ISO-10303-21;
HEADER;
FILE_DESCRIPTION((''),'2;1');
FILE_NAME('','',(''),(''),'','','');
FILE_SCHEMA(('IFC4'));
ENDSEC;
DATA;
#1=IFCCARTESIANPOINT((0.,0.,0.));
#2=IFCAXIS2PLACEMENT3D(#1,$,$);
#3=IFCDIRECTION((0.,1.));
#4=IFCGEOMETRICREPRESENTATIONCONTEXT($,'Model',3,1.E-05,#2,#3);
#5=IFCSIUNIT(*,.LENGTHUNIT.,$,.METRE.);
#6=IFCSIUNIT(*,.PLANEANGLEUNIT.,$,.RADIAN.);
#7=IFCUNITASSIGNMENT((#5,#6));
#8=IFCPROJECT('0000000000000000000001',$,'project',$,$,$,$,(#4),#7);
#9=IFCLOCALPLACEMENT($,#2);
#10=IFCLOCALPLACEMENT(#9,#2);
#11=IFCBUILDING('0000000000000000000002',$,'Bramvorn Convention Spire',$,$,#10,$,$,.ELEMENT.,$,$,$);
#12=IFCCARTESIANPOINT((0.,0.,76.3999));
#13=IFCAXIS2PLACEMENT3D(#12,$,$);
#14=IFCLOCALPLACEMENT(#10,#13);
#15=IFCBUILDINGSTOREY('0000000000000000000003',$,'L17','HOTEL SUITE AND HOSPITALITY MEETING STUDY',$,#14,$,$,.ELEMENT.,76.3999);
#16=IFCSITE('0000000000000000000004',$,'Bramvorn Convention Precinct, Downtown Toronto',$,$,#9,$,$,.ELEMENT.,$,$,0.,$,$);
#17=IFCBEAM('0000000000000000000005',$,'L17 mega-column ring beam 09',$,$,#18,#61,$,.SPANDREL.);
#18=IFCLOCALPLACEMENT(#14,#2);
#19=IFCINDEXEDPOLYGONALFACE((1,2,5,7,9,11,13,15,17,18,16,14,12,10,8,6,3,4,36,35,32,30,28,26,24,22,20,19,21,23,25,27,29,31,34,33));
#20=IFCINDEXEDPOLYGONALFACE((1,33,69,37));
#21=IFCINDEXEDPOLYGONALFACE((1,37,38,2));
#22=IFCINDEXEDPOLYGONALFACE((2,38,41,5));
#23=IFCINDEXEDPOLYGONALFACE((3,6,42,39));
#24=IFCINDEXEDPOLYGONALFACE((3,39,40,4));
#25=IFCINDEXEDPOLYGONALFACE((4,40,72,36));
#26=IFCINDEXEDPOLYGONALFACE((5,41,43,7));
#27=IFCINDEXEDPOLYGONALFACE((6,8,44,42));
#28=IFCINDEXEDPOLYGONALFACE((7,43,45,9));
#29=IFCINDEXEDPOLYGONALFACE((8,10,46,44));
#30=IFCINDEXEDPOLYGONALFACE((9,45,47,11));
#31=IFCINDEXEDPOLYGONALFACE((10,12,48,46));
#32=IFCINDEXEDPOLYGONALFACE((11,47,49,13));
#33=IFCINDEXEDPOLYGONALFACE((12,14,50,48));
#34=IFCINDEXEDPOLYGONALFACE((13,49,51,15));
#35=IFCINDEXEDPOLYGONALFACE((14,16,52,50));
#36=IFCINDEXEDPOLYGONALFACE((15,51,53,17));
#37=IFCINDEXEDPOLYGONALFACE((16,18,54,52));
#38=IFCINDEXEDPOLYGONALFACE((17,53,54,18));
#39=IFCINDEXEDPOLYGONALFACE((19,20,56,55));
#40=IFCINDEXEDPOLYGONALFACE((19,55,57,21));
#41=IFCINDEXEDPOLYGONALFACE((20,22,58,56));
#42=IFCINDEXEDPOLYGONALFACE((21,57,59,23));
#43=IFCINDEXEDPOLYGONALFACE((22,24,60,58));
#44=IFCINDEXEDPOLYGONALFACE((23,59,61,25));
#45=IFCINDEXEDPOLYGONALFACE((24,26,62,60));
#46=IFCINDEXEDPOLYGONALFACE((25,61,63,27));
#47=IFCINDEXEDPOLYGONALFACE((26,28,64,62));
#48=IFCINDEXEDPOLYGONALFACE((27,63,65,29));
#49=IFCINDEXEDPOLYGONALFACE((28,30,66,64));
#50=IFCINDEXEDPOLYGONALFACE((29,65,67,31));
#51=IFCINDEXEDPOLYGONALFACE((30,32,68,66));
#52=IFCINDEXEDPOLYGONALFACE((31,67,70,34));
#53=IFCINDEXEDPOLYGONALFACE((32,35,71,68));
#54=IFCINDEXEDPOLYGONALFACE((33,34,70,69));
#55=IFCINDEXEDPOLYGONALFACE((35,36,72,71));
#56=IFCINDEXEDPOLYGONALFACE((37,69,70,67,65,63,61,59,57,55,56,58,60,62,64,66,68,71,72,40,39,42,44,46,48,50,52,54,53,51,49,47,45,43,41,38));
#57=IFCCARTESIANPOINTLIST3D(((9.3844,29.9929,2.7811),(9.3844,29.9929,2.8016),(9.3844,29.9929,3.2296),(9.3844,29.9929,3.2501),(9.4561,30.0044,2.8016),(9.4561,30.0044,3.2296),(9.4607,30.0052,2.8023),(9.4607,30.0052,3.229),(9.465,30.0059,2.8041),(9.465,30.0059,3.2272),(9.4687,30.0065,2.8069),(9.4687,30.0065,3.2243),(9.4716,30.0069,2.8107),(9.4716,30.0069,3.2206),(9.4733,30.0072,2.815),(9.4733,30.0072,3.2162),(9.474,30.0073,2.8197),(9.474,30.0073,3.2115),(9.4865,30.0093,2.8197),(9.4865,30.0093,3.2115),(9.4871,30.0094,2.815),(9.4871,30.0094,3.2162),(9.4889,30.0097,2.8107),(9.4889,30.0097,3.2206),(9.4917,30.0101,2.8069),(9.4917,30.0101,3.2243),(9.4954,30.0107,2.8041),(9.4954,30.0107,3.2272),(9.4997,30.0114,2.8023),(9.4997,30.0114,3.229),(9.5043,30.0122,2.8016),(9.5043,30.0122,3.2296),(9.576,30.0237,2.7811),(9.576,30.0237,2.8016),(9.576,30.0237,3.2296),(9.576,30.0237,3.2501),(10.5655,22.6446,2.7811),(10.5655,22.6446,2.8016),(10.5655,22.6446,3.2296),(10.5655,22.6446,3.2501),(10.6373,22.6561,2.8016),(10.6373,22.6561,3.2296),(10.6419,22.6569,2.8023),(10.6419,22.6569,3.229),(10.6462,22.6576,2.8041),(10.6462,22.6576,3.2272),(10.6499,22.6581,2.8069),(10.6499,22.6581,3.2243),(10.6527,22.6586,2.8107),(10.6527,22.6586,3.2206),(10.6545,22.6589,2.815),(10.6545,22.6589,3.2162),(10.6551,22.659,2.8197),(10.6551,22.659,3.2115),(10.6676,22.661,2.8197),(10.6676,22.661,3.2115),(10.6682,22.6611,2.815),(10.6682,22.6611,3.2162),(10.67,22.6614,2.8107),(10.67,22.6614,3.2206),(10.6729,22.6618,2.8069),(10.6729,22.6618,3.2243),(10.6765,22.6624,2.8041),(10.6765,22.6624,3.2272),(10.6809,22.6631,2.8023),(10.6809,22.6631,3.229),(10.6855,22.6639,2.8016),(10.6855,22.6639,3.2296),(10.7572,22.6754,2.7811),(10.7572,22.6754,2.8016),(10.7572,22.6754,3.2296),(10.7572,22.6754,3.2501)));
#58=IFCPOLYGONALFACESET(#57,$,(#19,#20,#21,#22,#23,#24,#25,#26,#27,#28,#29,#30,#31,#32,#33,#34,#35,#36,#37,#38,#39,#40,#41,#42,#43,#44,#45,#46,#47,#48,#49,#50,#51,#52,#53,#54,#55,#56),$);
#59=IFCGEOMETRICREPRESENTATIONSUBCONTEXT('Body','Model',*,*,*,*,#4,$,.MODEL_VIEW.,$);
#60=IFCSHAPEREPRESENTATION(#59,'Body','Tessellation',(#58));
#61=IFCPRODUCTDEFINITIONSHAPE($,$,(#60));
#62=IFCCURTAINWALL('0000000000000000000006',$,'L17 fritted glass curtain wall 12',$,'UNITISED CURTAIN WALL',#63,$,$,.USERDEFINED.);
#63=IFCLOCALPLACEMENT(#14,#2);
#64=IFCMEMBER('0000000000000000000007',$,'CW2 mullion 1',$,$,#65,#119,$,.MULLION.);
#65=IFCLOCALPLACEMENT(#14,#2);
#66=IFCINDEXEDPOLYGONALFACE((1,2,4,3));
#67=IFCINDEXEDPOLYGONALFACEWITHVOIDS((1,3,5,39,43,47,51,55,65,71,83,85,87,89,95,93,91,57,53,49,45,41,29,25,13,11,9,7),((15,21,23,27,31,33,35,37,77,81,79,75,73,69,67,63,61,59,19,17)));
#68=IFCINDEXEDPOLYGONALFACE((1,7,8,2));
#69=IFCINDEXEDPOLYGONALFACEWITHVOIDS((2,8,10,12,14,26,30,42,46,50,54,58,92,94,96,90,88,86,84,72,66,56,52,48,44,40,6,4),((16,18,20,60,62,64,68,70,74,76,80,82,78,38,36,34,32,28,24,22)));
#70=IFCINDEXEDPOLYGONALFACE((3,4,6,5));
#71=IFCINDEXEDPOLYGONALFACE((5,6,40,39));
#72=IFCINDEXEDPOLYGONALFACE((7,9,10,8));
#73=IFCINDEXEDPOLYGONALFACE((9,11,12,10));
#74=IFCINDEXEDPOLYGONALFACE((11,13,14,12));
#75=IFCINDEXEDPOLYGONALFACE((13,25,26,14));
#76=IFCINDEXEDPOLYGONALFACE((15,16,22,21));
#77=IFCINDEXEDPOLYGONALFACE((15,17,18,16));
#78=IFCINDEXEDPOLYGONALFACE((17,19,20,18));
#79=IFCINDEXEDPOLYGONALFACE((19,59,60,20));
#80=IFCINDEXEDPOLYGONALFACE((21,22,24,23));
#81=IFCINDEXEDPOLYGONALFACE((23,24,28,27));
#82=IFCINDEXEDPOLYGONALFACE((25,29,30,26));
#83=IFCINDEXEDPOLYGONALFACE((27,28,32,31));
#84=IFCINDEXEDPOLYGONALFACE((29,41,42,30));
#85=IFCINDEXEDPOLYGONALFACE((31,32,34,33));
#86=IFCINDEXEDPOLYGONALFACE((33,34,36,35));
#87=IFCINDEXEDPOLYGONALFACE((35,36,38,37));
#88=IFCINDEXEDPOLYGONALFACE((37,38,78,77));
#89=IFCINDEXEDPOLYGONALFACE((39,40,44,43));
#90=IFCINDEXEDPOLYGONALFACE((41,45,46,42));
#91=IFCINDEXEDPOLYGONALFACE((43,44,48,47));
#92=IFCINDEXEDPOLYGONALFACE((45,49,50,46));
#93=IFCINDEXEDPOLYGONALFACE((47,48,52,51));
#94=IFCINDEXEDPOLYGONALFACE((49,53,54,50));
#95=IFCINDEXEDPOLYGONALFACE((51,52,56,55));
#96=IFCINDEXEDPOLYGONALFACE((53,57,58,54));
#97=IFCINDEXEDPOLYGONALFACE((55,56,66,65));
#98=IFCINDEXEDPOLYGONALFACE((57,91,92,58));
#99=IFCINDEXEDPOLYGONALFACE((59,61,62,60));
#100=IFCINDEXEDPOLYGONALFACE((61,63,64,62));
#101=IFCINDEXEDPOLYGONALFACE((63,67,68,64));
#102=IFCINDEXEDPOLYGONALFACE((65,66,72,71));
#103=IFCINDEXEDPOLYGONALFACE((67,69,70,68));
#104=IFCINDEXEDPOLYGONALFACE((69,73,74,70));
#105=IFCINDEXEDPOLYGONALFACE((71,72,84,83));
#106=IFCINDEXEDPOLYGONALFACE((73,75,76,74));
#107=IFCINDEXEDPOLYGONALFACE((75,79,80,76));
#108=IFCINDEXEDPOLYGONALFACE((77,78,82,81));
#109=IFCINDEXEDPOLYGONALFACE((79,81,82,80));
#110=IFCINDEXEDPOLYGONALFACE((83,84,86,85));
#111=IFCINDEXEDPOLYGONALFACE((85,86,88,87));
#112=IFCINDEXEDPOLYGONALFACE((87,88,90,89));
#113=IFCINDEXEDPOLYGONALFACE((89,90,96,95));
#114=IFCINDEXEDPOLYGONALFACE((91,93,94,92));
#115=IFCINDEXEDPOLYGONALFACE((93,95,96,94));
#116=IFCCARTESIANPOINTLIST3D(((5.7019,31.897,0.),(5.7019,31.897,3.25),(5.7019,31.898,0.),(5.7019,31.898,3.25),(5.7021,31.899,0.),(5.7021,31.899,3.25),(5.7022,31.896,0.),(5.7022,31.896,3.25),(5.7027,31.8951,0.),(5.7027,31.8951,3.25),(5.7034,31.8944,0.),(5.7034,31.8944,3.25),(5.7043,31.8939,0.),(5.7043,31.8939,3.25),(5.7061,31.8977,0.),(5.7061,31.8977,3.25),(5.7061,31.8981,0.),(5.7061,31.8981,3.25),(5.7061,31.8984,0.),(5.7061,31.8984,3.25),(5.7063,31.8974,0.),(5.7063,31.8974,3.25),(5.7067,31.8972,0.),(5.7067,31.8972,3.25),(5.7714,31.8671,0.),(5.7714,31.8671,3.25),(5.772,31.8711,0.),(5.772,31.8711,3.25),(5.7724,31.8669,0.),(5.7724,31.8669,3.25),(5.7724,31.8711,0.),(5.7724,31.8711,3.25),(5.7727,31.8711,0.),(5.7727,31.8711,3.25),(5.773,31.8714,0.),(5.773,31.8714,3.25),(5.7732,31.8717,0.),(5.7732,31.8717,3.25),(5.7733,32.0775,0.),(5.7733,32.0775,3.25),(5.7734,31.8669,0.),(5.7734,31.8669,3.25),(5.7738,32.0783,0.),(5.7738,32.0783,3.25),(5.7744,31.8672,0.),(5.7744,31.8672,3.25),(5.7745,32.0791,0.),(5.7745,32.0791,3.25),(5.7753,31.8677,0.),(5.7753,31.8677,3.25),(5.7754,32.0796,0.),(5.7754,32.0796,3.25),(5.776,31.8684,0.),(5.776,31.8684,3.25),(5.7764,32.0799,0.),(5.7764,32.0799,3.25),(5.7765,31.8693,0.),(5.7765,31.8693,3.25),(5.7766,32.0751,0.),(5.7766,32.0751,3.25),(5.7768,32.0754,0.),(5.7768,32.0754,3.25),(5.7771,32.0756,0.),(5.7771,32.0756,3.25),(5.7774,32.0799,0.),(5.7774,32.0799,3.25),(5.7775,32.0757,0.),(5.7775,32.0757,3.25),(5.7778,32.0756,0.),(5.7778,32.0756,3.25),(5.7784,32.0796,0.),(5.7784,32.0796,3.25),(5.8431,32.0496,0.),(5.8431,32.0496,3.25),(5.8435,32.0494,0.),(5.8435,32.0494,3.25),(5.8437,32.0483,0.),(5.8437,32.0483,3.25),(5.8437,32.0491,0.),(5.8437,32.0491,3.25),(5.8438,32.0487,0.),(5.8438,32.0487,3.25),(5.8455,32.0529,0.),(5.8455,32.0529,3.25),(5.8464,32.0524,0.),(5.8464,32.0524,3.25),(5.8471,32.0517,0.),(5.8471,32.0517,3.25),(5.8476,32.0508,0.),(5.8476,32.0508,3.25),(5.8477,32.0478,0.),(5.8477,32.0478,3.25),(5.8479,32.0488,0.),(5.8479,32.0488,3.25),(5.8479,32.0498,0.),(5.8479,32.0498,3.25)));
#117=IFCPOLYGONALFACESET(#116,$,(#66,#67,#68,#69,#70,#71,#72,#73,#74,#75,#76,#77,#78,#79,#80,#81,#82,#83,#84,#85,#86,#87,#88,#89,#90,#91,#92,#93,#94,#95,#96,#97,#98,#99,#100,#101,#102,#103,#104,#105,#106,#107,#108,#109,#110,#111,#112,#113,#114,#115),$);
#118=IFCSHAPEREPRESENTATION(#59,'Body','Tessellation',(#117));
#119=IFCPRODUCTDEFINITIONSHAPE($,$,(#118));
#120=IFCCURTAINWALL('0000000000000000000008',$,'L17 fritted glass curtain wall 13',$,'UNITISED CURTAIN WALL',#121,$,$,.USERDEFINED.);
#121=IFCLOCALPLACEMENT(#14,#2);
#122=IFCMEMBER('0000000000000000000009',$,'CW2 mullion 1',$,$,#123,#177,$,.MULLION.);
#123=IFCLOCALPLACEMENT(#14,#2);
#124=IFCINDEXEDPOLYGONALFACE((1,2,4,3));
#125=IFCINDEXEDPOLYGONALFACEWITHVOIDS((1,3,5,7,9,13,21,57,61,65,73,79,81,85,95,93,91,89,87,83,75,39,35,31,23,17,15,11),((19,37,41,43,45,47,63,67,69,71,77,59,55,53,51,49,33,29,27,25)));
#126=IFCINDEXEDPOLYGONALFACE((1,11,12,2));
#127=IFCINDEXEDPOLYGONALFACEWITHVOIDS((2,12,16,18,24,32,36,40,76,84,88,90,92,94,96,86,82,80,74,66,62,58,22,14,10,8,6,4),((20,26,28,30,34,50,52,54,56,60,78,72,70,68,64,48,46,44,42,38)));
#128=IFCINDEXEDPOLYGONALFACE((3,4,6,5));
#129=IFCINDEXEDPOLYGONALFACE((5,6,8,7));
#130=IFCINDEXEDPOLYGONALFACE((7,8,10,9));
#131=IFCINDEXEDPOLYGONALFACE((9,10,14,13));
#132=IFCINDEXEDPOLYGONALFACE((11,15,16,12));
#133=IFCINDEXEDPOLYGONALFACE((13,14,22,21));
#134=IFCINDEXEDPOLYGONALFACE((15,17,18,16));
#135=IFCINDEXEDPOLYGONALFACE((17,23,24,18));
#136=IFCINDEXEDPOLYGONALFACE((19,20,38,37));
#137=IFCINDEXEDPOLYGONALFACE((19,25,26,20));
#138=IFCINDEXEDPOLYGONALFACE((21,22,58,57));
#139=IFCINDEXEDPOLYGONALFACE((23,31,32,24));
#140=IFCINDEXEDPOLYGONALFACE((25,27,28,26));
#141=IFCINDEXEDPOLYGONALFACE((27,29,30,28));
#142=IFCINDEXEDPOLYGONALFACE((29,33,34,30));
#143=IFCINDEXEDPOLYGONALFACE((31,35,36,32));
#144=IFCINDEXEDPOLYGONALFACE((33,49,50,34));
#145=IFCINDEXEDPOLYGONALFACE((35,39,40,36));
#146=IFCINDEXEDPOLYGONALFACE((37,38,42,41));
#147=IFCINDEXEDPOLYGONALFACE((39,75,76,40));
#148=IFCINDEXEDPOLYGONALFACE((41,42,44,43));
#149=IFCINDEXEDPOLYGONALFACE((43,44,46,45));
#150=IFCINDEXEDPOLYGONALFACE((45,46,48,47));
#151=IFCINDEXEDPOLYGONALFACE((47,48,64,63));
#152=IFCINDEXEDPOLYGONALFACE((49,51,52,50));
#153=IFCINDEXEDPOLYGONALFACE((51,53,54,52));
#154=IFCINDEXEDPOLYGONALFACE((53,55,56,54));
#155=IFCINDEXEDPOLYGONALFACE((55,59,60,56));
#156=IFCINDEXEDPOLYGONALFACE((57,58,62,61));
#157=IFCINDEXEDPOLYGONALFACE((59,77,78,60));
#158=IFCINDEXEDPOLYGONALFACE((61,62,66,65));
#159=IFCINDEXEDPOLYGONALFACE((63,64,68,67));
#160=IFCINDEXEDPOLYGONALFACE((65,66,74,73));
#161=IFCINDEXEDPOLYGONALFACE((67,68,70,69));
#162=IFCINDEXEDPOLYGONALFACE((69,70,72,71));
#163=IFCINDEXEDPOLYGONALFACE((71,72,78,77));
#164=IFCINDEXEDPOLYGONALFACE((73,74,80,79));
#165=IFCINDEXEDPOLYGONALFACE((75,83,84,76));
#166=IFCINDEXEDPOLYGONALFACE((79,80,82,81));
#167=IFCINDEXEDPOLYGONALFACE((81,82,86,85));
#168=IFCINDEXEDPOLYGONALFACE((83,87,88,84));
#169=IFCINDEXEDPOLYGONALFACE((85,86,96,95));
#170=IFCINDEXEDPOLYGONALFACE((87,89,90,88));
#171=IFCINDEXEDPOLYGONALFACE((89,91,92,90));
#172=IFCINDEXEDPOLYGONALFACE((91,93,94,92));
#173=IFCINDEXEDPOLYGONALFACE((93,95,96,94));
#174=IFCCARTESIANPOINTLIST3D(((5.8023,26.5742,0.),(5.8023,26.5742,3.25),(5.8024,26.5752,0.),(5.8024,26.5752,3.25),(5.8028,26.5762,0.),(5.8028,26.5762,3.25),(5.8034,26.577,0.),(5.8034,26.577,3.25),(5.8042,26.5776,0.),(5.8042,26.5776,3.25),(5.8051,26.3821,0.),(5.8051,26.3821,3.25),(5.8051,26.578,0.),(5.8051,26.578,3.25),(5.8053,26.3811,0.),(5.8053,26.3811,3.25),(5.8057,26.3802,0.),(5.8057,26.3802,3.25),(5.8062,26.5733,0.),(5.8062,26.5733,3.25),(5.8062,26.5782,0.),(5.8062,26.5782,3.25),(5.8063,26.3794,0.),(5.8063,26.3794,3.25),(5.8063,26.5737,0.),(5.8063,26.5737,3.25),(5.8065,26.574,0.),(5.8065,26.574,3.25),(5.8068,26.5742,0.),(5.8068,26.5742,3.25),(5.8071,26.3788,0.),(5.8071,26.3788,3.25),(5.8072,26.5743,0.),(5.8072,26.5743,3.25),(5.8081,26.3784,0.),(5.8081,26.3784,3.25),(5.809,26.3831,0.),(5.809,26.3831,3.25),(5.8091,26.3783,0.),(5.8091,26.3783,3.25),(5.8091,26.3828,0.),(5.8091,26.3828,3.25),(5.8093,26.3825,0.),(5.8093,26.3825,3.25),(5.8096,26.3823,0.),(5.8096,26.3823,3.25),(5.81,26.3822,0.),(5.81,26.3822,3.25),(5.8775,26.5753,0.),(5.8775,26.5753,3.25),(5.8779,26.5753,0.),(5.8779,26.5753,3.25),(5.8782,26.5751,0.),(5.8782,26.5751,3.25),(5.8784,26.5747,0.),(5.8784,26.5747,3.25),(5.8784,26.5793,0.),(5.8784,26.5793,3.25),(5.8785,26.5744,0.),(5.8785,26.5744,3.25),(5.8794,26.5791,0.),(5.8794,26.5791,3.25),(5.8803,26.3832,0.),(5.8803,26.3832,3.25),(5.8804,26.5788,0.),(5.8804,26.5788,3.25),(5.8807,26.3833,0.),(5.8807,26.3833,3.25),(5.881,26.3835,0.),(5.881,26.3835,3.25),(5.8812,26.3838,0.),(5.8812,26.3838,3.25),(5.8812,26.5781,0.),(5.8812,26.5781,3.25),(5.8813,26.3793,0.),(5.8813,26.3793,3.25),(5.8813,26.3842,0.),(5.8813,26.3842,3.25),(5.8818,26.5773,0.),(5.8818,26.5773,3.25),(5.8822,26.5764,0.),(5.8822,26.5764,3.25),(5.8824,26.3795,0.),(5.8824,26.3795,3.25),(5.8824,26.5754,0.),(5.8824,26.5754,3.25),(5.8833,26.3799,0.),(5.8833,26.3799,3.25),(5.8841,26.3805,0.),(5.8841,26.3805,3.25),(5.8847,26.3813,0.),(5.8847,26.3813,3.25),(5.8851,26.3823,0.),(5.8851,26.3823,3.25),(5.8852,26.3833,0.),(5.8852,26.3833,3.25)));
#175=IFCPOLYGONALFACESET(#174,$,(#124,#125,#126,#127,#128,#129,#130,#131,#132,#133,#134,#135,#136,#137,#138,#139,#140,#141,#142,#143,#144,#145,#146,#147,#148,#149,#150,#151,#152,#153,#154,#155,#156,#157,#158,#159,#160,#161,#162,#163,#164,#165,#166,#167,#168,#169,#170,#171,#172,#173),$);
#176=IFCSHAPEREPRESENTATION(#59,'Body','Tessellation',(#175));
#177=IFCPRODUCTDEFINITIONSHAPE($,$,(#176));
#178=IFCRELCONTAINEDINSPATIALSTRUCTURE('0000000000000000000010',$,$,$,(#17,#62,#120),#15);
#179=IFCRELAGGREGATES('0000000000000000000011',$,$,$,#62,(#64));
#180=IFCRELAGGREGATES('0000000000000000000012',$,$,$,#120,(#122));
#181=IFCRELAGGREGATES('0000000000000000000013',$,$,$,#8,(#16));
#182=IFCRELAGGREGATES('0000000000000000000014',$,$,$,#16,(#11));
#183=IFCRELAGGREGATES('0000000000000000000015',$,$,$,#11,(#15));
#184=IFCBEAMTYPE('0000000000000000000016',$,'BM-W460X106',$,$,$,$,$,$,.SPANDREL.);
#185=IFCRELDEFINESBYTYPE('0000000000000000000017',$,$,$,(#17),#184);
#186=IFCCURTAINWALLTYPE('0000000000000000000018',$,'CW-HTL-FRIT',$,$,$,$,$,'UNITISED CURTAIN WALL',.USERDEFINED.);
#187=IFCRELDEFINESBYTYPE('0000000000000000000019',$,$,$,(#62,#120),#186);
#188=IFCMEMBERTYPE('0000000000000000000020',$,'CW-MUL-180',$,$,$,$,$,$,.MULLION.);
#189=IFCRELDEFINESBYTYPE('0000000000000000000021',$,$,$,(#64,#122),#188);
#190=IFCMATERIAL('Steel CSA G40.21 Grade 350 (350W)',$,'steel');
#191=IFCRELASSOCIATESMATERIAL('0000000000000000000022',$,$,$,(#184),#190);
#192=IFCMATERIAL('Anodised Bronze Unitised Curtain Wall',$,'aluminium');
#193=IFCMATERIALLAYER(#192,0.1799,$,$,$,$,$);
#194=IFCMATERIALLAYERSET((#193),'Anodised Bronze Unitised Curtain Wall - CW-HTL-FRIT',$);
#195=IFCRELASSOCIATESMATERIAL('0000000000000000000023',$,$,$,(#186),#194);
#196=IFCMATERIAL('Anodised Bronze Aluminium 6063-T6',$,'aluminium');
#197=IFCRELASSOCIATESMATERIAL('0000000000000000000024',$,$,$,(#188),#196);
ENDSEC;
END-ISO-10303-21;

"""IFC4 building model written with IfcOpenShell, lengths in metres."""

from ifc_helpers import new_model, si_unit, direction, frame, origin, origin_2d, place, context, subcontext, project, spatial, hollow_rectangle, i_section, extrude, material, layer, layer_set, material_profile, profile_set, type_object, element, aggregate, save


model = new_model("IFC4")

# Units and contexts
model_context = context("Model", 3, precision=1e-05, world=origin(), true_north=direction((0.0, 1.0)))
body_context = subcontext(model_context, "Body", "Model", "MODEL_VIEW")
ifc_project = project(units=[si_unit("LENGTHUNIT", "METRE"), si_unit("PLANEANGLEUNIT", "RADIAN")], contexts=[model_context])

# Site, building, storey
site_placement = place(None, origin())
site = spatial("IfcSite", under=ifc_project, at=site_placement, Name="Bramvorn Convention Precinct, Downtown Toronto", CompositionType="ELEMENT", RefElevation=0.0)
building_placement = place(site_placement, origin())
building = spatial("IfcBuilding", under=site, at=building_placement, Name="Bramvorn Convention Spire", CompositionType="ELEMENT")
storey_placement = place(building_placement, frame((0.0, 0.0, 76.3999)))
storey = spatial("IfcBuildingStorey", under=building, at=storey_placement, Name="L17", Description="HOTEL SUITE AND HOSPITALITY MEETING STUDY", CompositionType="ELEMENT", Elevation=76.3999)

# Shared definitions
ifc_material_1 = material(Name="Steel CSA G40.21 Grade 350 (350W)", Category="steel")

# Beam
ifc_material_profile_1 = material_profile(ifc_material_1, i_section(OverallWidth=0.1941, OverallDepth=0.469, WebThickness=0.0127, FlangeThickness=0.0205, FilletRadius=0.0181, at=origin_2d()))
ifc_profile_set_1 = profile_set([ifc_material_profile_1], Name="Steel CSA G40.21 Grade 350 (350W) - W460X106")
beam_type_1 = type_object("IfcBeamType", Name="BM-W460X106", PredefinedType="SPANDREL", material=ifc_profile_set_1)
beam_1_placement = place(storey_placement, frame((9.4802, 30.0083, 3.0156), z_axis=(0.158699, -0.987327, 0.0), x_axis=(0.987327, 0.158699, 0.0)))
element("IfcBeam", 1, at=beam_1_placement, inside=storey, type_object=beam_type_1, Name="L17 mega-column ring beam 09", PredefinedType="SPANDREL", context=body_context, shape_type="SweptSolid", body=[
    extrude(i_section(OverallWidth=0.1941, OverallDepth=0.469, WebThickness=0.0127, FlangeThickness=0.0205, FilletRadius=0.0181, at=origin_2d()), origin(), (0.0, 0.0, 1.0), 7.4426),
])

# Curtain wall, member
ifc_material_2 = material(Name="Anodised Bronze Unitised Curtain Wall", Category="aluminium")
ifc_layer_1 = layer(ifc_material_2, 0.1799)
ifc_layer_set_1 = layer_set([ifc_layer_1], Name="Anodised Bronze Unitised Curtain Wall - CW-HTL-FRIT")
curtain_wall_type = type_object("IfcCurtainWallType", Name="CW-HTL-FRIT", ElementType="UNITISED CURTAIN WALL", PredefinedType="USERDEFINED", material=ifc_layer_set_1)
curtain_wall_1_placement = place(storey_placement, origin())
curtain_wall_1 = element("IfcCurtainWall", 2, at=curtain_wall_1_placement, inside=storey, type_object=curtain_wall_type, Name="L17 fritted glass curtain wall 12", ObjectType="UNITISED CURTAIN WALL", PredefinedType="USERDEFINED")
ifc_material_3 = material(Name="Anodised Bronze Aluminium 6063-T6", Category="aluminium")
ifc_material_profile_2 = material_profile(ifc_material_3, hollow_rectangle(XDim=0.0801, YDim=0.2, WallThickness=0.0039, InnerFilletRadius=0.001, OuterFilletRadius=0.0039, at=origin_2d()))
ifc_profile_set_2 = profile_set([ifc_material_profile_2], Name="Anodised Bronze Aluminium 6063-T6 - CWM80X200")
member_type_1 = type_object("IfcMemberType", Name="CW-MUL-180", PredefinedType="MULLION", material=ifc_profile_set_2)
member_1_placement = place(storey_placement, frame((5.7749, 31.9734, 0.0), z_axis=(0.0, 0.0, 1.0), x_axis=(-0.928888, 0.370362, 0.0)))
member_1 = element("IfcMember", 3, at=member_1_placement, type_object=member_type_1, Name="CW2 mullion 1", PredefinedType="MULLION", context=body_context, shape_type="SweptSolid", body=[
    extrude(hollow_rectangle(XDim=0.0801, YDim=0.2, WallThickness=0.0039, InnerFilletRadius=0.001, OuterFilletRadius=0.0039, at=origin_2d()), origin(), (0.0, 0.0, 1.0), 3.25),
])

# Curtain wall, member
curtain_wall_2_placement = place(storey_placement, origin())
curtain_wall_2 = element("IfcCurtainWall", 4, at=curtain_wall_2_placement, inside=storey, type_object=curtain_wall_type, Name="L17 fritted glass curtain wall 13", ObjectType="UNITISED CURTAIN WALL", PredefinedType="USERDEFINED")
member_2_placement = place(storey_placement, frame((5.8438, 26.4788, 0.0), z_axis=(0.0, 0.0, 1.0), x_axis=(-0.999893, -0.014625, 0.0)))
member_2 = element("IfcMember", 5, at=member_2_placement, type_object=member_type_1, Name="CW2 mullion 1", PredefinedType="MULLION", context=body_context, shape_type="SweptSolid", body=[
    extrude(hollow_rectangle(XDim=0.0801, YDim=0.2, WallThickness=0.0039, InnerFilletRadius=0.001, OuterFilletRadius=0.0039, at=origin_2d()), origin(), (0.0, 0.0, 1.0), 3.25),
])

aggregate(curtain_wall_1, [member_1])

aggregate(curtain_wall_2, [member_2])

save(model, "model.ifc")
